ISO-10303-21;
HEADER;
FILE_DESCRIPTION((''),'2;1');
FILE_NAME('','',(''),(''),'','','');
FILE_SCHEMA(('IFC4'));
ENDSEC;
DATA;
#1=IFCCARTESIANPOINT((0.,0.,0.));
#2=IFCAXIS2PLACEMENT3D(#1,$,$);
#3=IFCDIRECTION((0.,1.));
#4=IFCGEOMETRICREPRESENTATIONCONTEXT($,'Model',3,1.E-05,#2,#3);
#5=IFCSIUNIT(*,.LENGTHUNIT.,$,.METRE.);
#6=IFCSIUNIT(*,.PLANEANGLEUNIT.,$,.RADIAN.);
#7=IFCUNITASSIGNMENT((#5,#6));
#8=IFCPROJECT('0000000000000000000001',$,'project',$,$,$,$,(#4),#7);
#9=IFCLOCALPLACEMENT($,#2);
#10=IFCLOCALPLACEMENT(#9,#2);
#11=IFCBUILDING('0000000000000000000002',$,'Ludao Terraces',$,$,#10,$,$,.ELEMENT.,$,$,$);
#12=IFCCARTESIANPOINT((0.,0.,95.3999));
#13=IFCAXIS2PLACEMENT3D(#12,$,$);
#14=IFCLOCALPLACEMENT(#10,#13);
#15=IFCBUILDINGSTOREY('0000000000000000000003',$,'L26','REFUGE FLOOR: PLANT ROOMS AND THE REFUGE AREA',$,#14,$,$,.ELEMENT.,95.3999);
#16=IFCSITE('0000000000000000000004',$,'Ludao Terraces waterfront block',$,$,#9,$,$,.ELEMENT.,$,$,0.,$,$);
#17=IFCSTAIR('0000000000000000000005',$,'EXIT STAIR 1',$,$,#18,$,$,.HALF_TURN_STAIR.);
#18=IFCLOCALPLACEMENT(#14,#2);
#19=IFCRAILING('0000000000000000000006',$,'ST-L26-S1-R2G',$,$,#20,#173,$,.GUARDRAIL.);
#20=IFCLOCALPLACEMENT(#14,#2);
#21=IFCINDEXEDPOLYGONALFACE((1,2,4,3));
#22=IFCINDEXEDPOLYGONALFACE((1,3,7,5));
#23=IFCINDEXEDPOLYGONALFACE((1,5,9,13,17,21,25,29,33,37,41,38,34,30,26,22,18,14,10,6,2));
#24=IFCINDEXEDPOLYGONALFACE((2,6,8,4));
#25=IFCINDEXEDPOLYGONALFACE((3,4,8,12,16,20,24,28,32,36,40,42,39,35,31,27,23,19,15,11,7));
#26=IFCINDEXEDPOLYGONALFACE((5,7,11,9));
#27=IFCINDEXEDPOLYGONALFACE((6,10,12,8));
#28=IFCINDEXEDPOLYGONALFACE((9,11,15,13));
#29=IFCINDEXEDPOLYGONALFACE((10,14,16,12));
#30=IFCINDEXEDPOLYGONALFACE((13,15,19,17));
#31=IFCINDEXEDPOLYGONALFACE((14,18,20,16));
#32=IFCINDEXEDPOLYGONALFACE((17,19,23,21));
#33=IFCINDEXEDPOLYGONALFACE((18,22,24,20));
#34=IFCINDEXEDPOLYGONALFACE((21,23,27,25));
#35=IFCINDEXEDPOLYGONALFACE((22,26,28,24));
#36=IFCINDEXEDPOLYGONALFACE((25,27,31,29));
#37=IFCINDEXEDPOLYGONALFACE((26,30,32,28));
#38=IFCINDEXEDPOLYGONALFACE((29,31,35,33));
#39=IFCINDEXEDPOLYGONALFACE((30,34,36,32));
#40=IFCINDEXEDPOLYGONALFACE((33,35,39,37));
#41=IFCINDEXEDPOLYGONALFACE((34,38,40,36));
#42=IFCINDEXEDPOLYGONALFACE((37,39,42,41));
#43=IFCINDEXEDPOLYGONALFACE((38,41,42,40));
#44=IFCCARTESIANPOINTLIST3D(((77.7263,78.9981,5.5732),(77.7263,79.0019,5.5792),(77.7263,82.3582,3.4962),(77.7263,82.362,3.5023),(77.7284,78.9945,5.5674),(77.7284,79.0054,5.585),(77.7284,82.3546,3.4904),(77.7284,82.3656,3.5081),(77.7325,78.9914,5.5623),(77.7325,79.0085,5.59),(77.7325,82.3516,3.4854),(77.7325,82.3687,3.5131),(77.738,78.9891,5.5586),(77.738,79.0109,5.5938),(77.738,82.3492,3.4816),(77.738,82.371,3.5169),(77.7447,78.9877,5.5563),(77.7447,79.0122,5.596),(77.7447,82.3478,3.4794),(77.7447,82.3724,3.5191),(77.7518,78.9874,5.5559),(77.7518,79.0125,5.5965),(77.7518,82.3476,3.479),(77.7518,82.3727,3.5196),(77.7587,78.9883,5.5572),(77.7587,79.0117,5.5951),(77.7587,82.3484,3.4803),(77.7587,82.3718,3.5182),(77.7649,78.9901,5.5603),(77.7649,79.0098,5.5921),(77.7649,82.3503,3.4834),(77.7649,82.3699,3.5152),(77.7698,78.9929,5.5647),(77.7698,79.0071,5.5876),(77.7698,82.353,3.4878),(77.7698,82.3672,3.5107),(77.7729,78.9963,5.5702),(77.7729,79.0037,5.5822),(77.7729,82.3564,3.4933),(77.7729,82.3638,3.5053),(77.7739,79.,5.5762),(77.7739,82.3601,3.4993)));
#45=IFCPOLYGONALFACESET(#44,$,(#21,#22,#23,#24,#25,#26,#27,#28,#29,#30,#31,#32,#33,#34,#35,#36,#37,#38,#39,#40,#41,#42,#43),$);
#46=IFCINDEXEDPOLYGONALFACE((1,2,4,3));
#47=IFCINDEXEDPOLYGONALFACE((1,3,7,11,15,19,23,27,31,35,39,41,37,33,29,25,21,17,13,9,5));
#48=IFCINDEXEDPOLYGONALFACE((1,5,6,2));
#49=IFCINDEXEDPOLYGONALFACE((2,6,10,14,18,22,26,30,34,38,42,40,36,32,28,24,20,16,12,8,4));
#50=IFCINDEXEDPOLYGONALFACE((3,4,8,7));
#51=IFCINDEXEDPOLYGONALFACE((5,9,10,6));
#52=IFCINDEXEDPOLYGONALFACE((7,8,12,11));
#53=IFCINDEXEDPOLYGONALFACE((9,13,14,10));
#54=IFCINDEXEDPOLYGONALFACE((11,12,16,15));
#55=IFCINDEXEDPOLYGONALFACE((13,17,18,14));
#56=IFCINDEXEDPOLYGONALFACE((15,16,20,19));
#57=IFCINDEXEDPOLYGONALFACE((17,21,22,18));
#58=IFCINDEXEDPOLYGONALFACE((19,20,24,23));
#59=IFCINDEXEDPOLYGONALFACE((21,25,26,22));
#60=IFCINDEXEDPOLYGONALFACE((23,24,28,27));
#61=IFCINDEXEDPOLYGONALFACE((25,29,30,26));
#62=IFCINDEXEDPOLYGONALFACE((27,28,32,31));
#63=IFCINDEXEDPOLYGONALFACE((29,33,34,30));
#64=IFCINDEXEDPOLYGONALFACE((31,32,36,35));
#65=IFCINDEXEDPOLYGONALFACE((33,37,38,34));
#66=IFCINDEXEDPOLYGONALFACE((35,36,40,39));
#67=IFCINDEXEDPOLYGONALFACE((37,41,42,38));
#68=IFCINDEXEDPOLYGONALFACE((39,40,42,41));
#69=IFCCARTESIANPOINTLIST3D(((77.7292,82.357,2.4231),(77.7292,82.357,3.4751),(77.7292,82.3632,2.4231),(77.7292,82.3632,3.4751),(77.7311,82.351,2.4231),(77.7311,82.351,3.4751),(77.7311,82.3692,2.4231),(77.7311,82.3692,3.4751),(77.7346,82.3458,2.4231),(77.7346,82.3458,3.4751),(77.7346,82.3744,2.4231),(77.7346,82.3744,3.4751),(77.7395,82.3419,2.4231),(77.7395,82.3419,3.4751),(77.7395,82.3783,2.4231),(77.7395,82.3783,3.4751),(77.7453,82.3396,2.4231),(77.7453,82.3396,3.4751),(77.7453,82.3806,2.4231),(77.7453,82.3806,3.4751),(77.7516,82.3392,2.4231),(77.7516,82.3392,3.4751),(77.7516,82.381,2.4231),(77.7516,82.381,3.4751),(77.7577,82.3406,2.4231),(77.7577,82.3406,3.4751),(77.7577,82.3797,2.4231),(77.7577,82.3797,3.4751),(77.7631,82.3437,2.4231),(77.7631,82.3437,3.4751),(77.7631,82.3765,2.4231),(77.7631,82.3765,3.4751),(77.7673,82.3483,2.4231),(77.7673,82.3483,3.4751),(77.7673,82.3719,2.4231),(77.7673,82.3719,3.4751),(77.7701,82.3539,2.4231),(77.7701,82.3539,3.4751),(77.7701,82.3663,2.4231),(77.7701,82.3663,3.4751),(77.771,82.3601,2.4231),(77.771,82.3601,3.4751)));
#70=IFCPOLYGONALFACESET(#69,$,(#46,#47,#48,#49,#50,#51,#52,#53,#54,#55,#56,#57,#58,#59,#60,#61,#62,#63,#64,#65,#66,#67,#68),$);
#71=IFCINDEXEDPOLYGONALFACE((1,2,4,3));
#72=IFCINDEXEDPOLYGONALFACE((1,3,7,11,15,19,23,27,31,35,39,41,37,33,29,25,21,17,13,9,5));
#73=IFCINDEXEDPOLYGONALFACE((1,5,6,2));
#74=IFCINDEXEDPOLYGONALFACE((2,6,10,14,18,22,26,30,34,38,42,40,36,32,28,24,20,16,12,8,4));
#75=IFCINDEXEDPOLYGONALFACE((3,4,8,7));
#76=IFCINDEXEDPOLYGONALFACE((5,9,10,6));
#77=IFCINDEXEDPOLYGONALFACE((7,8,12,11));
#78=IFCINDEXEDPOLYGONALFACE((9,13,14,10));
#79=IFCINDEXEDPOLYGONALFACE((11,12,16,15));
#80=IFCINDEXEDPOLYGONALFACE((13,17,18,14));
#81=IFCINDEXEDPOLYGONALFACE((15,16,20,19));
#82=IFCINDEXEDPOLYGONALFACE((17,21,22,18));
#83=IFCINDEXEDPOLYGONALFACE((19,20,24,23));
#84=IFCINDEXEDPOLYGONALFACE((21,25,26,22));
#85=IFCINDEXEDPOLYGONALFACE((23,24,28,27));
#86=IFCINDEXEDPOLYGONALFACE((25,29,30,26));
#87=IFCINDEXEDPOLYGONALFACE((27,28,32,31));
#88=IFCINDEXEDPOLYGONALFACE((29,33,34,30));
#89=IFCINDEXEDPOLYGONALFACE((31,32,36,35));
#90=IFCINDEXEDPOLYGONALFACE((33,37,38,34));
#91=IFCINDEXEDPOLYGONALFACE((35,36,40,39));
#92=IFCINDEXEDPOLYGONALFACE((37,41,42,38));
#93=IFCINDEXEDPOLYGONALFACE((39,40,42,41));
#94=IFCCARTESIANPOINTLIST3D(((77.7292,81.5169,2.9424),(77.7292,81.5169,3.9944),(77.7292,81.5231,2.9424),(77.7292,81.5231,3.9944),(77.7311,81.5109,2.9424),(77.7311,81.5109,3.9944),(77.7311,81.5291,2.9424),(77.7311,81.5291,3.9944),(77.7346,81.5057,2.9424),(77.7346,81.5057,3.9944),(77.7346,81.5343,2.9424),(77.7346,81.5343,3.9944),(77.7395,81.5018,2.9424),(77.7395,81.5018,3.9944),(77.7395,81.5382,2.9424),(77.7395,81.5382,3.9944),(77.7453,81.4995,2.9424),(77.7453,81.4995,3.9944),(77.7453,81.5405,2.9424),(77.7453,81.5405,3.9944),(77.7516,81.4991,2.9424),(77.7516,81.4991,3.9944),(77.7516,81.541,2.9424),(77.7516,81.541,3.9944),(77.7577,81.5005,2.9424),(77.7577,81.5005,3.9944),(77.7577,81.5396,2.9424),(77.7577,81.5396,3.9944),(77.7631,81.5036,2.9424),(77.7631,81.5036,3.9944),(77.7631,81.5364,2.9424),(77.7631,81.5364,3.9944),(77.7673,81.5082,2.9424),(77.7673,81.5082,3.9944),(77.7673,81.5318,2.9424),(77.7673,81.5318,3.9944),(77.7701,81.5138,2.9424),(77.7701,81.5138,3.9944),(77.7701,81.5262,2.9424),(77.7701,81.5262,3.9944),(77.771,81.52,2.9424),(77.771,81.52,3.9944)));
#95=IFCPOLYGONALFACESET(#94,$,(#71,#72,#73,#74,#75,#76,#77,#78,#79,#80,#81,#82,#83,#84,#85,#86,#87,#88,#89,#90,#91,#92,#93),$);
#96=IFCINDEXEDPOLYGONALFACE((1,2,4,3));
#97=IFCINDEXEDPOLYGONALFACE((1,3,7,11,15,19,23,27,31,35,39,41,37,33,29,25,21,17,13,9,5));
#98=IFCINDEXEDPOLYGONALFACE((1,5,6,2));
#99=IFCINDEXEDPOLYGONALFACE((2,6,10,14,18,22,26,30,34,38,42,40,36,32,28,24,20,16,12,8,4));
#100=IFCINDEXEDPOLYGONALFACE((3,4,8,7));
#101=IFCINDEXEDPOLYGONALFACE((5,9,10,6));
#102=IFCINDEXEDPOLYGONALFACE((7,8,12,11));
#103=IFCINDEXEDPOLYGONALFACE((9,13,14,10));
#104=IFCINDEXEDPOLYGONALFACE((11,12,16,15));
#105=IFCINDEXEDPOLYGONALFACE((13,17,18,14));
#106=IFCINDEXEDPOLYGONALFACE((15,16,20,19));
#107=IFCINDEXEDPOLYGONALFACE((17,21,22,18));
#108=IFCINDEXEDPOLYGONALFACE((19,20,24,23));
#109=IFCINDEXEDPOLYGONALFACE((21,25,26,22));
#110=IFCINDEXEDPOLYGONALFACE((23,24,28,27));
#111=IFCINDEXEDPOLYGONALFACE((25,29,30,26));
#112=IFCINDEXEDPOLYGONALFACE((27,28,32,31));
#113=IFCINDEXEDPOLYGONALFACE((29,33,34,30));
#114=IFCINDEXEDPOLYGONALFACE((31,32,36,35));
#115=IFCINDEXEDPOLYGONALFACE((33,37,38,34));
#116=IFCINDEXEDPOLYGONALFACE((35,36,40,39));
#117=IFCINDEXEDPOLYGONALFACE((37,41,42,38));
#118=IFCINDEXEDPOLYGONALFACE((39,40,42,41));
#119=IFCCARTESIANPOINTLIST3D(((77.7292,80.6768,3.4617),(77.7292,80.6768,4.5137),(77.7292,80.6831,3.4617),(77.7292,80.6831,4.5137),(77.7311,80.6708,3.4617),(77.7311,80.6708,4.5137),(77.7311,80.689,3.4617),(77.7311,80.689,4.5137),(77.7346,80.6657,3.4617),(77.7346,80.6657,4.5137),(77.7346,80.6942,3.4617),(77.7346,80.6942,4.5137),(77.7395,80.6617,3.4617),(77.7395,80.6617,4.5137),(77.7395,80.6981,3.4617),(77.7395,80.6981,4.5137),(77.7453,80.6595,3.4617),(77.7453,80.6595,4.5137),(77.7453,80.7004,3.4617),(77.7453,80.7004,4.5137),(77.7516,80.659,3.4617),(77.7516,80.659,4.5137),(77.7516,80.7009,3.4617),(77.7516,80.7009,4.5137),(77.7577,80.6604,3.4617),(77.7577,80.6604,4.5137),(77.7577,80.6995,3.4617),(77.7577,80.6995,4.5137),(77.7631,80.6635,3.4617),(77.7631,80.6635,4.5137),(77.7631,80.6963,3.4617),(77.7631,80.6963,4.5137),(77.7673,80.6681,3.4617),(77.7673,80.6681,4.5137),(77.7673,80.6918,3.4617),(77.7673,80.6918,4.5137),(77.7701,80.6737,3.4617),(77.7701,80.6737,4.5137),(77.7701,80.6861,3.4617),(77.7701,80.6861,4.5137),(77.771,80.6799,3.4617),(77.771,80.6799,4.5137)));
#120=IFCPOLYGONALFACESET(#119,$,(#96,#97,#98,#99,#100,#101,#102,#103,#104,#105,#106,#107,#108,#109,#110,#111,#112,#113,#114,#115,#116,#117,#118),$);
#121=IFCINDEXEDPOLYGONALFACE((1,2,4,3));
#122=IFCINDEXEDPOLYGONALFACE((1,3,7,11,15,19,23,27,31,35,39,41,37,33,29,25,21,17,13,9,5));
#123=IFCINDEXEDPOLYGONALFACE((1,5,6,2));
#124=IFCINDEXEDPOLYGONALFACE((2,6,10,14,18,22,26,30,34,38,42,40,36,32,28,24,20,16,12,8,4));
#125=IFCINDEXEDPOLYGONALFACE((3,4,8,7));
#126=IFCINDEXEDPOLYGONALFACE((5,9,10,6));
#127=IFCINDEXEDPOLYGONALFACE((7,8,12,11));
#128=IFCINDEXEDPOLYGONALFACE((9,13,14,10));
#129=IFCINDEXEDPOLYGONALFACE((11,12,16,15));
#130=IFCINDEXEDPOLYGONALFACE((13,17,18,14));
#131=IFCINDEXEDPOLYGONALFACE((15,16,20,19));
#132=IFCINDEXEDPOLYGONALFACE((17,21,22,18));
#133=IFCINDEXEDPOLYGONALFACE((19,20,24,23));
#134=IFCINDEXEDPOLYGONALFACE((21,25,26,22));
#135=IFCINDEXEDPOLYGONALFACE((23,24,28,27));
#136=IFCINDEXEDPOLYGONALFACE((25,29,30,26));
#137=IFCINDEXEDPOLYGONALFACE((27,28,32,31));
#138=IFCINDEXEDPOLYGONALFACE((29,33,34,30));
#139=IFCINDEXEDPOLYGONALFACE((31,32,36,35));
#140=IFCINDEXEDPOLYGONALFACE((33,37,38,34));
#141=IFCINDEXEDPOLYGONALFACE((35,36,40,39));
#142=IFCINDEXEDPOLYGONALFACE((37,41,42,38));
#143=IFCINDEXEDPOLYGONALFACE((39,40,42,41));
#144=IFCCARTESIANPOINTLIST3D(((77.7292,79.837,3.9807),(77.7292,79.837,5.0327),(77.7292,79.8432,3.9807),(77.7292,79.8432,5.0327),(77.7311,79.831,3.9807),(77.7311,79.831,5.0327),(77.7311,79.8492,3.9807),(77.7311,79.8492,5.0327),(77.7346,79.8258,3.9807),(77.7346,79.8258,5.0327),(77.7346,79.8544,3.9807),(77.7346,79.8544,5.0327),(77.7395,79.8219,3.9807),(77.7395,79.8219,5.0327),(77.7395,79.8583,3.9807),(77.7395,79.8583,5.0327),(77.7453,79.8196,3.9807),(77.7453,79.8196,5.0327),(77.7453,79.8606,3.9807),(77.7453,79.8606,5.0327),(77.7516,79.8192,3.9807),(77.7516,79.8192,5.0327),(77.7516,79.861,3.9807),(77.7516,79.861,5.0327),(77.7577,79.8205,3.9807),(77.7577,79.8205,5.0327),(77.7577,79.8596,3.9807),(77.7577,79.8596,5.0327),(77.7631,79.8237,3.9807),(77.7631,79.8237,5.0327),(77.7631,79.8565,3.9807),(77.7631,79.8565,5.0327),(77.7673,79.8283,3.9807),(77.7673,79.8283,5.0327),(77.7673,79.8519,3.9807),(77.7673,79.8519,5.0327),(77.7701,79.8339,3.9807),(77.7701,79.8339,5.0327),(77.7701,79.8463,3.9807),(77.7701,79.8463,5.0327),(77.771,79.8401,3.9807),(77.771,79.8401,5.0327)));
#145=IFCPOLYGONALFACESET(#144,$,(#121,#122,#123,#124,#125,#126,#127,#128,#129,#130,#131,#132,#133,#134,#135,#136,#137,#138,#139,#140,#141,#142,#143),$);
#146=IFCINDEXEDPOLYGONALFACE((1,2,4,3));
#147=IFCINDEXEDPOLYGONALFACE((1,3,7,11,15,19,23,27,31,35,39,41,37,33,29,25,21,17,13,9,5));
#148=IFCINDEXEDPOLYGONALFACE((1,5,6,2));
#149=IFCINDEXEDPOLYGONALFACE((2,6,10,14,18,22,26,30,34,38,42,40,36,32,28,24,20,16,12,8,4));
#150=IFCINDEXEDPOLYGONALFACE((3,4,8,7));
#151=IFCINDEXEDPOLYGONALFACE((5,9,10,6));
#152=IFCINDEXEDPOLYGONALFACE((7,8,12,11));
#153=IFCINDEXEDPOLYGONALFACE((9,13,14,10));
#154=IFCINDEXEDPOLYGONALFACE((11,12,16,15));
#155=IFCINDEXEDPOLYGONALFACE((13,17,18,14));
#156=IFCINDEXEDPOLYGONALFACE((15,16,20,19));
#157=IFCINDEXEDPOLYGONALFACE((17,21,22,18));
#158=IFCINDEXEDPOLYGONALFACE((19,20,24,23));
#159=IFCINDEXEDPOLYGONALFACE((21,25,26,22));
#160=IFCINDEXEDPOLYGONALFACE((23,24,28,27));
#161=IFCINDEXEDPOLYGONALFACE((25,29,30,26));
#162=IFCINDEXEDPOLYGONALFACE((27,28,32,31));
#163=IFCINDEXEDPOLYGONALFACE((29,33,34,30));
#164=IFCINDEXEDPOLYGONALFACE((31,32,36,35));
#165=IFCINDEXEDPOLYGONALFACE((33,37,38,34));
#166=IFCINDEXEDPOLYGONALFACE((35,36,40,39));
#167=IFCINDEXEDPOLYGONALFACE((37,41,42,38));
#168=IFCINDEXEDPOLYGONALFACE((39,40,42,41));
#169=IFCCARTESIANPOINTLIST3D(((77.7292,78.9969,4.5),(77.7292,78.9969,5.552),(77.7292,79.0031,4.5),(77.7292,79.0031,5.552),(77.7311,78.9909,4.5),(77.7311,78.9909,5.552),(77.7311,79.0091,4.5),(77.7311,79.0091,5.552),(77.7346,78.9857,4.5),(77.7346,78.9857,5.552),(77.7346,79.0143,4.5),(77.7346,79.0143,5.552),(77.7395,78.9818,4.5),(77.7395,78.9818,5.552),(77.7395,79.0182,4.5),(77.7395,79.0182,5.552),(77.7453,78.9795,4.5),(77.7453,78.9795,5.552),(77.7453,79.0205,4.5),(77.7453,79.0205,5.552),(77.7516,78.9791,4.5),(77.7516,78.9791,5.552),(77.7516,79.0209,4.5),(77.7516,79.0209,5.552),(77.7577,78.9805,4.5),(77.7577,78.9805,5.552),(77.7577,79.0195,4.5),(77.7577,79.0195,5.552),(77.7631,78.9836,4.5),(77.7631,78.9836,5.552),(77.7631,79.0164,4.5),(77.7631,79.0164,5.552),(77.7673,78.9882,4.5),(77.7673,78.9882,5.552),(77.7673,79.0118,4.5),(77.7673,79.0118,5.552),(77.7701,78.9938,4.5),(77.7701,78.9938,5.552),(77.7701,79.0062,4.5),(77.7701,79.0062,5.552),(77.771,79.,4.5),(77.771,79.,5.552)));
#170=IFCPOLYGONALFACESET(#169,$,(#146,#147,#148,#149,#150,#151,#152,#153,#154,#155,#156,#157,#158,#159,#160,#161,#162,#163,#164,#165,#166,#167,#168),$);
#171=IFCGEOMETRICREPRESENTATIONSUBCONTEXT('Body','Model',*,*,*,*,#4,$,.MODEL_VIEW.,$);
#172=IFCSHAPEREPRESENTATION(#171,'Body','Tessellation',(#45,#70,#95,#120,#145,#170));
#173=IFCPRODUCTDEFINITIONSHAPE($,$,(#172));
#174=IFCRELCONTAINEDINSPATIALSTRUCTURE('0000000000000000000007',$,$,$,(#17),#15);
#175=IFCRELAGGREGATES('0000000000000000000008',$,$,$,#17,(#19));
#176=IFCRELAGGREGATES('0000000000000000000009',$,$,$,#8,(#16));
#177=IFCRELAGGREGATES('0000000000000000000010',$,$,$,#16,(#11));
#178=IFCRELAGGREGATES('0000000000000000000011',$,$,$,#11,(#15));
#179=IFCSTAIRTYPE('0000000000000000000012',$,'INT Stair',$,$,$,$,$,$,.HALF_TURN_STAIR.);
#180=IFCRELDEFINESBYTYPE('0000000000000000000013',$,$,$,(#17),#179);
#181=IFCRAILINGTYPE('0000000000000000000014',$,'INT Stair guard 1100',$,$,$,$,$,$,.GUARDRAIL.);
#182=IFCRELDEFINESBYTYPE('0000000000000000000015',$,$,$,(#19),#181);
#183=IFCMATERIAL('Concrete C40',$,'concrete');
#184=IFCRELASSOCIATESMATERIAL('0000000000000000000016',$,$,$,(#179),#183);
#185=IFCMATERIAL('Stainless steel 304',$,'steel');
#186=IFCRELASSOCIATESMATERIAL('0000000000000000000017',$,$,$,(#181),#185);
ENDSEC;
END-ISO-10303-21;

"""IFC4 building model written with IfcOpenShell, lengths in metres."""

from ifc_helpers import new_model, si_unit, direction, frame, origin, origin_2d, place, context, subcontext, project, spatial, circle, extrude, material, type_object, element, aggregate, save


model = new_model("IFC4")

# Units and contexts
model_context = context("Model", 3, precision=1e-05, world=origin(), true_north=direction((0.0, 1.0)))
body_context = subcontext(model_context, "Body", "Model", "MODEL_VIEW")
ifc_project = project(units=[si_unit("LENGTHUNIT", "METRE"), si_unit("PLANEANGLEUNIT", "RADIAN")], contexts=[model_context])

# Site, building, storey
site_placement = place(None, origin())
site = spatial("IfcSite", under=ifc_project, at=site_placement, Name="Ludao Terraces waterfront block", CompositionType="ELEMENT", RefElevation=0.0)
building_placement = place(site_placement, origin())
building = spatial("IfcBuilding", under=site, at=building_placement, Name="Ludao Terraces", CompositionType="ELEMENT")
storey_placement = place(building_placement, frame((0.0, 0.0, 95.3999)))
storey = spatial("IfcBuildingStorey", under=building, at=storey_placement, Name="L26", Description="REFUGE FLOOR: PLANT ROOMS AND THE REFUGE AREA", CompositionType="ELEMENT", Elevation=95.3999)

# Stair, railing
ifc_material_1 = material(Name="Concrete C40", Category="concrete")
stair_type = type_object("IfcStairType", Name="INT Stair", PredefinedType="HALF_TURN_STAIR", material=ifc_material_1)
stair_placement = place(storey_placement, origin())
stair = element("IfcStair", 1, at=stair_placement, inside=storey, type_object=stair_type, Name="EXIT STAIR 1", PredefinedType="HALF_TURN_STAIR")
ifc_material_2 = material(Name="Stainless steel 304", Category="steel")
railing_type_1 = type_object("IfcRailingType", Name="INT Stair guard 1100", PredefinedType="GUARDRAIL", material=ifc_material_2)
railing_1_placement = place(storey_placement, frame((77.75, 82.3601, 2.4231)))
railing_1 = element("IfcRailing", 2, at=railing_1_placement, type_object=railing_type_1, Name="ST-L26-S1-R2G", PredefinedType="GUARDRAIL", context=body_context, shape_type="SweptSolid", body=[
    extrude(circle(Radius=0.0239, at=origin_2d()), frame((0.0, 0.0, 1.0762), z_axis=(0.0, -0.850623, 0.525776), x_axis=(1.0, 0.0, 0.0)), (0.0, 0.0, 1.0), 3.9502),
    extrude(circle(Radius=0.021, at=origin_2d()), origin(), (0.0, 0.0, 1.0), 1.052),
    extrude(circle(Radius=0.021, at=origin_2d()), frame((0.0, -0.8401, 0.5193)), (0.0, 0.0, 1.0), 1.052),
    extrude(circle(Radius=0.021, at=origin_2d()), frame((0.0, -1.6802, 1.0386)), (0.0, 0.0, 1.0), 1.052),
    extrude(circle(Radius=0.021, at=origin_2d()), frame((0.0, -2.52, 1.5576)), (0.0, 0.0, 1.0), 1.052),
    extrude(circle(Radius=0.021, at=origin_2d()), frame((0.0, -3.3601, 2.0769)), (0.0, 0.0, 1.0), 1.052),
])
aggregate(stair, [railing_1])

save(model, "model.ifc")
